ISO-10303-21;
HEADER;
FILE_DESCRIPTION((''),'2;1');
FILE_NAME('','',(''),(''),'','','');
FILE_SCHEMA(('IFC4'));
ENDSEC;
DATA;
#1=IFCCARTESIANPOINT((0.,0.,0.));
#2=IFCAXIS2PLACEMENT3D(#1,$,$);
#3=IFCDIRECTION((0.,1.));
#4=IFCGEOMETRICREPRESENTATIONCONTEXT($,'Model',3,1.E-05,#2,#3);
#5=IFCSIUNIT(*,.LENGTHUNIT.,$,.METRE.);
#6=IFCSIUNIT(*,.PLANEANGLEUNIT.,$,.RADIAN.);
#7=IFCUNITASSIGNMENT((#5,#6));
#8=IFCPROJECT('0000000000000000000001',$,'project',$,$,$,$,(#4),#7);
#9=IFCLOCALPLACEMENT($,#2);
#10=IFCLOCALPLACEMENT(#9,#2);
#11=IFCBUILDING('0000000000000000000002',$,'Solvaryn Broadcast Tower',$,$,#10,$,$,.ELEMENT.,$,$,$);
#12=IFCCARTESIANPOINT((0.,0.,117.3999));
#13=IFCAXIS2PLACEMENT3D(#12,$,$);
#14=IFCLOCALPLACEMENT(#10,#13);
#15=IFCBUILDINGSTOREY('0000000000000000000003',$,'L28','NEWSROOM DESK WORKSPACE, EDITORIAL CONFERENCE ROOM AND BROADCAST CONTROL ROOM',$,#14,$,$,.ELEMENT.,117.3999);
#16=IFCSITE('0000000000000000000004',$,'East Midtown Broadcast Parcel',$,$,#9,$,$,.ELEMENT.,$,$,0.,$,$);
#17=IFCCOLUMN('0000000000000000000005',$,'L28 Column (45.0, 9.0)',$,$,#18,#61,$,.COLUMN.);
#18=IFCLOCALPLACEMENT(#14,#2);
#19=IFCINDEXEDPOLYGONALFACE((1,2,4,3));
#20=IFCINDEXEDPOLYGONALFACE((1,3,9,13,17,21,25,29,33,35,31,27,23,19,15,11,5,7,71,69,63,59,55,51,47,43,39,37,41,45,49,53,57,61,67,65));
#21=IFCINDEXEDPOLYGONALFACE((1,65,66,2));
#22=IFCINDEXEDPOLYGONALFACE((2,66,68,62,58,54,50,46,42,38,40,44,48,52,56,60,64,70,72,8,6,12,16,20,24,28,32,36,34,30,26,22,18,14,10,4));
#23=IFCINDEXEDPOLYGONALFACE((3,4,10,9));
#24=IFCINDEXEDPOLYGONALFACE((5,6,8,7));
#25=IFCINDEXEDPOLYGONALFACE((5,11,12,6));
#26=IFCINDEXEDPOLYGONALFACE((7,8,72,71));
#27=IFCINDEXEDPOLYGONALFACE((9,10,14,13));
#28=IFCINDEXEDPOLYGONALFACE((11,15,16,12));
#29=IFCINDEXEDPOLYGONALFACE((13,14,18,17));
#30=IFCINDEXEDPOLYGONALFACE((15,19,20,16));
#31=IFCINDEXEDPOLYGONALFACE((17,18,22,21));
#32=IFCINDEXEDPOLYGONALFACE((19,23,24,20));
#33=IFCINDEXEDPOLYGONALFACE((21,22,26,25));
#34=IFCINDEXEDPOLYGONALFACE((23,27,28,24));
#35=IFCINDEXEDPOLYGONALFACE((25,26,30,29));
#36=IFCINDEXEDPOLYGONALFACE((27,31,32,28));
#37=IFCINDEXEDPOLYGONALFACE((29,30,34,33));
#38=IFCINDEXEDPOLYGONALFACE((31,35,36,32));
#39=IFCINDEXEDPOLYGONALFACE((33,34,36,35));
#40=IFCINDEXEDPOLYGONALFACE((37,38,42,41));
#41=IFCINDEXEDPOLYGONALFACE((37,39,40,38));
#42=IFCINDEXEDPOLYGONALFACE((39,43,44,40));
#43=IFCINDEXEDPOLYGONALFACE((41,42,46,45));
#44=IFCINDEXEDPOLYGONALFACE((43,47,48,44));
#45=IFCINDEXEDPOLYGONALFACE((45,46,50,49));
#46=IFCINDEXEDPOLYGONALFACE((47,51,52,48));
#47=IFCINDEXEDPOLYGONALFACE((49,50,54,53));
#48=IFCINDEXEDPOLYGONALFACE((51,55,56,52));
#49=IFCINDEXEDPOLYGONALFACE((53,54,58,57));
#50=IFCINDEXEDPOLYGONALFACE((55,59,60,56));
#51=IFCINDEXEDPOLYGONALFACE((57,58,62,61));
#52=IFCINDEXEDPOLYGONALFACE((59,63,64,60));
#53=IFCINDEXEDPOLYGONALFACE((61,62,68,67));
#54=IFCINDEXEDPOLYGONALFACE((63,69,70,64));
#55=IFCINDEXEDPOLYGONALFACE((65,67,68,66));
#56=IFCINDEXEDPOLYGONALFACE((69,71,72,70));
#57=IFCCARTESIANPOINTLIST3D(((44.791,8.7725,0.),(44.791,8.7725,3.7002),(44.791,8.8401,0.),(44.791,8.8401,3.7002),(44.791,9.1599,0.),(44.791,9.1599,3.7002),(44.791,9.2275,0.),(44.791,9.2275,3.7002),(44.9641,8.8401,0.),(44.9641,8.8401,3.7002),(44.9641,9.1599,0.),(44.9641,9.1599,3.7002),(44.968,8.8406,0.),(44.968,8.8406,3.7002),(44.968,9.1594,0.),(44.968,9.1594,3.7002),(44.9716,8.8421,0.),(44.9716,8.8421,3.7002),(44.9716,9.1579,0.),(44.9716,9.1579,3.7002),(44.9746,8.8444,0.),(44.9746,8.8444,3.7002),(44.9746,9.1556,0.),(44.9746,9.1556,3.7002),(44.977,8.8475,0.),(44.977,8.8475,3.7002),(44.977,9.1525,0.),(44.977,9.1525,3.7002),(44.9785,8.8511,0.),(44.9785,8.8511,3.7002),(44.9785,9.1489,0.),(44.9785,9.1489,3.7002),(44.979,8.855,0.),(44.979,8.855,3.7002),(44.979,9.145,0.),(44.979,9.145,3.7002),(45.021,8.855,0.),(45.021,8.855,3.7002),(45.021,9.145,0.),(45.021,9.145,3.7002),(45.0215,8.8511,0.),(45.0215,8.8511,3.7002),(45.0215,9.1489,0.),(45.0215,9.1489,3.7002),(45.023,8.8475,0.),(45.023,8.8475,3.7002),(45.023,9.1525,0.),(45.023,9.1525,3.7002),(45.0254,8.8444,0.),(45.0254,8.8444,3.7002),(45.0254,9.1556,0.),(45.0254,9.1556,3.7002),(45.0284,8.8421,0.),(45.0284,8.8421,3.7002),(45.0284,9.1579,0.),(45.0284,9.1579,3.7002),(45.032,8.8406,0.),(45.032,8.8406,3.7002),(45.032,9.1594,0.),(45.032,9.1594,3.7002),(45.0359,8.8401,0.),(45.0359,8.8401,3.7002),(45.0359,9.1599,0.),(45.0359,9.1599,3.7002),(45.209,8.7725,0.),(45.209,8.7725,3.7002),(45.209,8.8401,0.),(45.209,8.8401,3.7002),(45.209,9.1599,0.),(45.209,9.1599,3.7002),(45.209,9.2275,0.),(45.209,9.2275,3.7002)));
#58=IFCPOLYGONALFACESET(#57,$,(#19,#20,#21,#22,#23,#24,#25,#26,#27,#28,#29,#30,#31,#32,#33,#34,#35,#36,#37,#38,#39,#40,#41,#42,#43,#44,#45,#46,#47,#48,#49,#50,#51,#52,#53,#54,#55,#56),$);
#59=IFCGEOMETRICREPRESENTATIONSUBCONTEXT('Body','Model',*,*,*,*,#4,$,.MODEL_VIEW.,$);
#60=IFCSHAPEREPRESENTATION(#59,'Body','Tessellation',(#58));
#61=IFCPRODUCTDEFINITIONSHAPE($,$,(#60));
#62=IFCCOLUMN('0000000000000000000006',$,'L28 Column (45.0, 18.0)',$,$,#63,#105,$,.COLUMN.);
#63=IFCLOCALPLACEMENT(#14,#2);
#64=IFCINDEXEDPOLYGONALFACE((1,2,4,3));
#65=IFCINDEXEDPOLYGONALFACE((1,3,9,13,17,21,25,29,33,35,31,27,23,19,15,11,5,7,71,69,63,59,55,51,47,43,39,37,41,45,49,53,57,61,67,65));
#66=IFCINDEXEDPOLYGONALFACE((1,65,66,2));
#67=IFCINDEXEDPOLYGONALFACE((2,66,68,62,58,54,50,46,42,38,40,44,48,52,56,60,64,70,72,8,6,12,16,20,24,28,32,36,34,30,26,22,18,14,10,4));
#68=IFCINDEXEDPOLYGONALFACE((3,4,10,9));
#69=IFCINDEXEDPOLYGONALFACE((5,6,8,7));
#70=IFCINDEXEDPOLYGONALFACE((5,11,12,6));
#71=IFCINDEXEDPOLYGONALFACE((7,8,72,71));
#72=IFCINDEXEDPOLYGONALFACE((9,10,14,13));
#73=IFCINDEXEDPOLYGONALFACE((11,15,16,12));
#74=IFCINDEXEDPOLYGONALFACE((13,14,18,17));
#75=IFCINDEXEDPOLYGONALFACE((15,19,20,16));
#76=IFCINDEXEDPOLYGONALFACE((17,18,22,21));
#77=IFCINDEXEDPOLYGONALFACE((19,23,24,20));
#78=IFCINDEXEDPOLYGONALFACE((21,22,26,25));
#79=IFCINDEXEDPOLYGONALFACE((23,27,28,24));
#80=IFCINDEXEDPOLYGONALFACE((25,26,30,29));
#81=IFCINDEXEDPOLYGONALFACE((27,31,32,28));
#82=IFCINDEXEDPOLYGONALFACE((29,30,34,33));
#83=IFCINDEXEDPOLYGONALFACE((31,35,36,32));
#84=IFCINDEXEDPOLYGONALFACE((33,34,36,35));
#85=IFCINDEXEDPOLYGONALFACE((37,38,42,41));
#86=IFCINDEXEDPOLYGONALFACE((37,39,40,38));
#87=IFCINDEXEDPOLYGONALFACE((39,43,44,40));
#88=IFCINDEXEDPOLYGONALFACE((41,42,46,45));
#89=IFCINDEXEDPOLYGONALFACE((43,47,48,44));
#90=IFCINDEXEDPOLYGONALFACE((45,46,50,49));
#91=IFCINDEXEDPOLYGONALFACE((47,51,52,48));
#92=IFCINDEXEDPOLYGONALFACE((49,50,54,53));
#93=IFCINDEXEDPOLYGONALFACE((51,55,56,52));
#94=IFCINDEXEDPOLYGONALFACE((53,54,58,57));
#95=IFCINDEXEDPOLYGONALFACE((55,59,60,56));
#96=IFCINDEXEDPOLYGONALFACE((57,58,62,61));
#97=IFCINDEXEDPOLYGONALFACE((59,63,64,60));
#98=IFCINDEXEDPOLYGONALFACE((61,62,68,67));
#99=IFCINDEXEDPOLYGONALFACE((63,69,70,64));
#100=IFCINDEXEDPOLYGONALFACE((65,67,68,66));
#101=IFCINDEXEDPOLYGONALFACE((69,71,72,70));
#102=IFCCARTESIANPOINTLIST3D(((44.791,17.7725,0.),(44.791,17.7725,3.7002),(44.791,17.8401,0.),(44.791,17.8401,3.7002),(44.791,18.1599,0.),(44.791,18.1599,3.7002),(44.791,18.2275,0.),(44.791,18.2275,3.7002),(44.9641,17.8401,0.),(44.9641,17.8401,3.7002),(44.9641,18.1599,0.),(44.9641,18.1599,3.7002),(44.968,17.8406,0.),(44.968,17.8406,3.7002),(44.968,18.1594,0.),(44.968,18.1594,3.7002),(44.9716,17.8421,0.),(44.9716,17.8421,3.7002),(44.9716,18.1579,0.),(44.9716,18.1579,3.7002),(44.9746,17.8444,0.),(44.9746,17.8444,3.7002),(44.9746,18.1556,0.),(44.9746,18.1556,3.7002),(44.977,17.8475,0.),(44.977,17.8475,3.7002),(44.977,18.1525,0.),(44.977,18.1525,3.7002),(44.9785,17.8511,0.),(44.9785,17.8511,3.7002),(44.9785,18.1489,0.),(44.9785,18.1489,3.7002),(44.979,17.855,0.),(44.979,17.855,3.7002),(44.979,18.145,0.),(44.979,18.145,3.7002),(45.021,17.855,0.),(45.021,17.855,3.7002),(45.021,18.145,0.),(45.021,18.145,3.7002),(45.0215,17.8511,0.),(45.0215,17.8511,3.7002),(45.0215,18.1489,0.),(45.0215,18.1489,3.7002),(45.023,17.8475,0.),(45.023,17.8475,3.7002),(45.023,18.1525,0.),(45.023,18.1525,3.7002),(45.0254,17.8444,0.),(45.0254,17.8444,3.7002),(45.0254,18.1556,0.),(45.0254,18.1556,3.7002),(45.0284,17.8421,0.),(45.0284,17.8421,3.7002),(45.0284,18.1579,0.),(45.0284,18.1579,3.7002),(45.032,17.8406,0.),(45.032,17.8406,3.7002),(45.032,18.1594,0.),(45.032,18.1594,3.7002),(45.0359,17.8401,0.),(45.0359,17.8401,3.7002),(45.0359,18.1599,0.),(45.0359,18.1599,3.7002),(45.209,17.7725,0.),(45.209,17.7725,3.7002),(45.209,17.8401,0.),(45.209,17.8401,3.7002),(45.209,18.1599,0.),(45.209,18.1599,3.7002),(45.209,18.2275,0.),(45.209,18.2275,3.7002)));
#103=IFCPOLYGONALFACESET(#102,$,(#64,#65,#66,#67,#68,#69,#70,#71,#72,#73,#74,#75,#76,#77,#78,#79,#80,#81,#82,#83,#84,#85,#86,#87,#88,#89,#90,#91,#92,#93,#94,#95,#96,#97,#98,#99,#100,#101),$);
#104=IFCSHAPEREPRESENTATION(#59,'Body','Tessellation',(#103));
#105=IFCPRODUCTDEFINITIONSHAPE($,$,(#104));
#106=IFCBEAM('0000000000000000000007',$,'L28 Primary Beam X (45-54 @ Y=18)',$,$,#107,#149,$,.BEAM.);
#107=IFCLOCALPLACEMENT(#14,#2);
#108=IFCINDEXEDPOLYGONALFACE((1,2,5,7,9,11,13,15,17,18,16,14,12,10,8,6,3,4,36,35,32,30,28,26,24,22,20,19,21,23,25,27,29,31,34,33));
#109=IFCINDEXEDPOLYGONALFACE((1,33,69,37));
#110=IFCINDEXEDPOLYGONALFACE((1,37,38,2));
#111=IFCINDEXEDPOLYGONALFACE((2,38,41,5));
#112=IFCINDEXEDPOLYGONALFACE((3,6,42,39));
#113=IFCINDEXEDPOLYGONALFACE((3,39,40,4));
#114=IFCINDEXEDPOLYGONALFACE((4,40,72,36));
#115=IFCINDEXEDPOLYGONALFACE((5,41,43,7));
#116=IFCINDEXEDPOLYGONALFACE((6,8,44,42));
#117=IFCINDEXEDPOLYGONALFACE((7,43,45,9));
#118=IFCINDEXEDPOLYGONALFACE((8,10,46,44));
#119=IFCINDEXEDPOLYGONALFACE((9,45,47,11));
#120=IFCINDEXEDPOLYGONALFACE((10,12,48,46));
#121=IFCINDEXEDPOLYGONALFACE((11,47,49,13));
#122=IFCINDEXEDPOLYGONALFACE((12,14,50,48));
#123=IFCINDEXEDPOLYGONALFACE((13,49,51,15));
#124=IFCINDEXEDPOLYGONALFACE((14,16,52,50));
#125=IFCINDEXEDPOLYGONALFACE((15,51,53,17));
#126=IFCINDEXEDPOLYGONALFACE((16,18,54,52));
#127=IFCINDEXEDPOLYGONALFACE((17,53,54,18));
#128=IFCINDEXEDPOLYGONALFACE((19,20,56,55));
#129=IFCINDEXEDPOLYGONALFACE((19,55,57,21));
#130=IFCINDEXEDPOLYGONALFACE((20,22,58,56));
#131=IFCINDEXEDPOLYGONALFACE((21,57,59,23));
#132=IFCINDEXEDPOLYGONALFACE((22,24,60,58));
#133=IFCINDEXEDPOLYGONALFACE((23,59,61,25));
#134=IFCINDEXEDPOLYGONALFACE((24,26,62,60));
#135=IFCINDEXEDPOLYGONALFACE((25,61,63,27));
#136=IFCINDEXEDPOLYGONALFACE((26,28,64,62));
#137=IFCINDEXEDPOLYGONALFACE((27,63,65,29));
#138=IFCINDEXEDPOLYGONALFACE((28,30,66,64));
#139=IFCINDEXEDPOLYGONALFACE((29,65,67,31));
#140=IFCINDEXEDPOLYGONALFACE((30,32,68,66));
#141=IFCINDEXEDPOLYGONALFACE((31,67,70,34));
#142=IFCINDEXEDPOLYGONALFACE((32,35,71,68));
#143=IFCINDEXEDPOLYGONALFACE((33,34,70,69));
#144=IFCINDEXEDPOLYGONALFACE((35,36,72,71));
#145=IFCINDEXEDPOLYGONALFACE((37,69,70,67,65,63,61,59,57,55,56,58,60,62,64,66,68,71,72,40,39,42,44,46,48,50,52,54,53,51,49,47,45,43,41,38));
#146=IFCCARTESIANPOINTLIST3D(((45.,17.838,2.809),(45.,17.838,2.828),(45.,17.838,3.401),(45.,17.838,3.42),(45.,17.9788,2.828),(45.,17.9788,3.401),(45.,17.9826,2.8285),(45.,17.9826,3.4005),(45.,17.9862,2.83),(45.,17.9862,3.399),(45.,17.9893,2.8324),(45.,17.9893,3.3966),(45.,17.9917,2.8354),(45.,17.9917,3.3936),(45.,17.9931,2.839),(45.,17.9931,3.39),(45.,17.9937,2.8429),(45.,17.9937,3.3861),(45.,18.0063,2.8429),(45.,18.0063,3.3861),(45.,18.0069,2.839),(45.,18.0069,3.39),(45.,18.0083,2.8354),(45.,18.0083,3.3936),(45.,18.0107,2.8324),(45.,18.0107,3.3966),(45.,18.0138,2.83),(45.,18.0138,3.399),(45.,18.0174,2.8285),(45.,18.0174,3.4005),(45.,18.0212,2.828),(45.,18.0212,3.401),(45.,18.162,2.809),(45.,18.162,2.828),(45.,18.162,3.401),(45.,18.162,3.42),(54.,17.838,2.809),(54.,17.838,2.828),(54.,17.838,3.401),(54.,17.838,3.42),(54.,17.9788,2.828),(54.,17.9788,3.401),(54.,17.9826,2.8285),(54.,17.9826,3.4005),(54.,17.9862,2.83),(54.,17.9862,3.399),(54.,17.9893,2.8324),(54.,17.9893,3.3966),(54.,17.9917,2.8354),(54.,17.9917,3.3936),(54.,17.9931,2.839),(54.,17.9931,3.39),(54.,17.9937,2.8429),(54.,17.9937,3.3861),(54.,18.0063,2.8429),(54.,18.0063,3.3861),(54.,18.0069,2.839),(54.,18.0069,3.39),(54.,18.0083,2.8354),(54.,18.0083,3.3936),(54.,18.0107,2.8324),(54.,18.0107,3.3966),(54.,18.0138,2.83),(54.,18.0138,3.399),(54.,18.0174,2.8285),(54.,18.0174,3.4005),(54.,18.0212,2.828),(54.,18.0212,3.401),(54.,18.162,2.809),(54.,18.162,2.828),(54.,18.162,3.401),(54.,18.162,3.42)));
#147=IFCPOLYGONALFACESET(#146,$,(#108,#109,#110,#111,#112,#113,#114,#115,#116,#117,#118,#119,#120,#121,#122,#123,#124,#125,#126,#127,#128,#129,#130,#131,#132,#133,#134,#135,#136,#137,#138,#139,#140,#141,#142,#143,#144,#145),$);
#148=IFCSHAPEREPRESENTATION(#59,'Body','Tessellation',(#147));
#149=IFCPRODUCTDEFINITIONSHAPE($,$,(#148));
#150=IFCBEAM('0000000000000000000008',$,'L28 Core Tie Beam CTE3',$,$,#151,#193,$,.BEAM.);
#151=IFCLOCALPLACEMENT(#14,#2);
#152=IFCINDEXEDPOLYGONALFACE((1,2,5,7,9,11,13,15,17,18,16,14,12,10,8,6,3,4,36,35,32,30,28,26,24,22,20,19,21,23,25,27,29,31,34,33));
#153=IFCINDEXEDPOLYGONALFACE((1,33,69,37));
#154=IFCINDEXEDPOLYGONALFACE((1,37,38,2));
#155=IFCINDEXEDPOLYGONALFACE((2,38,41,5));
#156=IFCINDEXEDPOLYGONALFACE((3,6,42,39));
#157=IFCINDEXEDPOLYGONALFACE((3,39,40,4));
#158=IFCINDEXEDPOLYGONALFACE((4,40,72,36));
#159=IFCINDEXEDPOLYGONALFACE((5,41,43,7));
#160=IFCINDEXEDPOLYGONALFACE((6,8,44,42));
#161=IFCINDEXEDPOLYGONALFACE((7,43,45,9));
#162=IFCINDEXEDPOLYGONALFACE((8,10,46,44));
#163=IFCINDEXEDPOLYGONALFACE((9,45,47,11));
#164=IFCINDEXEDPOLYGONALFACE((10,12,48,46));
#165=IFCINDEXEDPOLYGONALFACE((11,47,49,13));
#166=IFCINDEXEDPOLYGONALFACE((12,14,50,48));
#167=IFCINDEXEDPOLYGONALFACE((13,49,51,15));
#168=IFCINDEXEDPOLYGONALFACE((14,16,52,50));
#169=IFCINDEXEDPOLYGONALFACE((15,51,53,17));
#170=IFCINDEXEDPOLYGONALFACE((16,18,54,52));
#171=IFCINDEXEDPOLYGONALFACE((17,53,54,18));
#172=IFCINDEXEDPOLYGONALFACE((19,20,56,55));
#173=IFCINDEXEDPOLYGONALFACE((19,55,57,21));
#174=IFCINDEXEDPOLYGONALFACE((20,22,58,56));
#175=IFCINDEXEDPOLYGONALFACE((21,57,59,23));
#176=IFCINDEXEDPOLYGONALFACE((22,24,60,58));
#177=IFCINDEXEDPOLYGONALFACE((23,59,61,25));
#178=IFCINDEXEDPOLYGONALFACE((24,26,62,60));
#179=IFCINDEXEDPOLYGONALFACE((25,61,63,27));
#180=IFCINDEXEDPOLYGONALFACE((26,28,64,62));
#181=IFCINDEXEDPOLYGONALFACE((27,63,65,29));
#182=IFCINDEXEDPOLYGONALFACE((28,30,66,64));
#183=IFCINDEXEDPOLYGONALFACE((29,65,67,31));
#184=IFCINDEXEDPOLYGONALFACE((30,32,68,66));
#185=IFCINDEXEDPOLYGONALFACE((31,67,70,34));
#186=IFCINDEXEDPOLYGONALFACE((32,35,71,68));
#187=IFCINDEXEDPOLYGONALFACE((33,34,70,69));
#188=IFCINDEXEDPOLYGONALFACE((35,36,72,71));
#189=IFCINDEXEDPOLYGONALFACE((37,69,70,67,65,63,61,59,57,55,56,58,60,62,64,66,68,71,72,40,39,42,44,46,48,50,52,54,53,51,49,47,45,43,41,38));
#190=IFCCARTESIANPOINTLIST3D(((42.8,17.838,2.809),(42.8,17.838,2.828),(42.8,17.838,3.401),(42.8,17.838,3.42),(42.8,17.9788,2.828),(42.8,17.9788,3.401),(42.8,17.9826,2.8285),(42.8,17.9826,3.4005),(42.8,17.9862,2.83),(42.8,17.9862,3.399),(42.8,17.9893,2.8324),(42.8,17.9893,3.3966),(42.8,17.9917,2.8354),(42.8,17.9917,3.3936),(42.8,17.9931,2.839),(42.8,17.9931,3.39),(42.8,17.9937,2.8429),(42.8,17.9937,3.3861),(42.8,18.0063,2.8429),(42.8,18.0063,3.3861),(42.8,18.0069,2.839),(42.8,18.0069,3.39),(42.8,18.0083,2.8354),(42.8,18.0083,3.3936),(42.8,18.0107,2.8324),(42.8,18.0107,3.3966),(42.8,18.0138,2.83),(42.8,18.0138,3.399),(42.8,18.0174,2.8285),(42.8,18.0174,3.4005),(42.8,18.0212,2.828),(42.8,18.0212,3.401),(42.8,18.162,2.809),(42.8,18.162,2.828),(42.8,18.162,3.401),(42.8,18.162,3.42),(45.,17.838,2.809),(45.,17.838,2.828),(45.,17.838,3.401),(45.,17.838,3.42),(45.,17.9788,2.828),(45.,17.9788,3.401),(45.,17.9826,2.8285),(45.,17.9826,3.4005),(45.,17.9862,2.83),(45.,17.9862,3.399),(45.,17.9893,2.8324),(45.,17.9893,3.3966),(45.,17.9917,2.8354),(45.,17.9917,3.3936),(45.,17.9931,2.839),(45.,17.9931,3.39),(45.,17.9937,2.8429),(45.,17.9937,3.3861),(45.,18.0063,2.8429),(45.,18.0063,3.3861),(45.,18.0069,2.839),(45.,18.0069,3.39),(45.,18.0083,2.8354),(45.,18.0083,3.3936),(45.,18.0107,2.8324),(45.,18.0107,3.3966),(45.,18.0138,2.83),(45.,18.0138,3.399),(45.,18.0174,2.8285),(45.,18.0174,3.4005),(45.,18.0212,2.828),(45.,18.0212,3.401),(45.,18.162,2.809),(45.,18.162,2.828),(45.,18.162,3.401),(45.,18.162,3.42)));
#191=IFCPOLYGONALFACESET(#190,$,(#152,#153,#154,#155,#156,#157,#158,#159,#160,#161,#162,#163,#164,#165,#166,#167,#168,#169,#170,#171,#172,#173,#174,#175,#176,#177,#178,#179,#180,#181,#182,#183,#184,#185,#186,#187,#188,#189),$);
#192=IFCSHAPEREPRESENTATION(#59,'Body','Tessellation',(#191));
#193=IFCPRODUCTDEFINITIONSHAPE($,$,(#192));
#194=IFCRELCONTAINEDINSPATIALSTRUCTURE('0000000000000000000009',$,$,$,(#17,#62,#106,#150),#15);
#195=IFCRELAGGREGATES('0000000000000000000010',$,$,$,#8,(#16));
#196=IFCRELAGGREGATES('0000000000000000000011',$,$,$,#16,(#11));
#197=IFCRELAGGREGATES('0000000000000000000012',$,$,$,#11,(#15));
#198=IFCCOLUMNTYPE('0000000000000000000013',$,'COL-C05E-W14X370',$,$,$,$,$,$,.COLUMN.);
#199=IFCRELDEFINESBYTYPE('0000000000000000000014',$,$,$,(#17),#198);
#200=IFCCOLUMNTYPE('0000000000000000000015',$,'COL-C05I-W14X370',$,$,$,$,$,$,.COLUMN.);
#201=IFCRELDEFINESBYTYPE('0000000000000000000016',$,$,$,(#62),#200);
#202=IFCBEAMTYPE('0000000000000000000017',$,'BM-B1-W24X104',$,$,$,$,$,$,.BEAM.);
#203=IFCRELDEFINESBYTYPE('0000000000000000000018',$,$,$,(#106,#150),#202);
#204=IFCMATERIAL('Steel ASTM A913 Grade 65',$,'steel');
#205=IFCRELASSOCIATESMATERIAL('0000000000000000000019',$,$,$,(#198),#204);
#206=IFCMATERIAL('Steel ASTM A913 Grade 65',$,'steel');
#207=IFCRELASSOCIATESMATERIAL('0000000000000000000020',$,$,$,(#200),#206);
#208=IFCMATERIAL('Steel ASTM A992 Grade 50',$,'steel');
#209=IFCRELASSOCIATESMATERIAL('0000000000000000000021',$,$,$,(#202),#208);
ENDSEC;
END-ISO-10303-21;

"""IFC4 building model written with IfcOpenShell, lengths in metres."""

from ifc_helpers import new_model, si_unit, direction, frame, origin, origin_2d, place, context, subcontext, project, spatial, i_section, extrude, material, material_profile, profile_set, type_object, element, save


model = new_model("IFC4")

# Units and contexts
model_context = context("Model", 3, precision=1e-05, world=origin(), true_north=direction((0.0, 1.0)))
body_context = subcontext(model_context, "Body", "Model", "MODEL_VIEW")
ifc_project = project(units=[si_unit("LENGTHUNIT", "METRE"), si_unit("PLANEANGLEUNIT", "RADIAN")], contexts=[model_context])

# Site, building, storey
site_placement = place(None, origin())
site = spatial("IfcSite", under=ifc_project, at=site_placement, Name="East Midtown Broadcast Parcel", CompositionType="ELEMENT", RefElevation=0.0)
building_placement = place(site_placement, origin())
building = spatial("IfcBuilding", under=site, at=building_placement, Name="Solvaryn Broadcast Tower", CompositionType="ELEMENT")
storey_placement = place(building_placement, frame((0.0, 0.0, 117.3999)))
storey = spatial("IfcBuildingStorey", under=building, at=storey_placement, Name="L28", Description="NEWSROOM DESK WORKSPACE, EDITORIAL CONFERENCE ROOM AND BROADCAST CONTROL ROOM", CompositionType="ELEMENT", Elevation=117.3999)

# Columns
ifc_material_1 = material(Name="Steel ASTM A913 Grade 65", Category="steel")
ifc_material_profile_1 = material_profile(ifc_material_1, i_section(OverallWidth=0.418, OverallDepth=0.4551, WebThickness=0.042, FlangeThickness=0.0676, FilletRadius=0.0149, at=origin_2d()))
ifc_profile_set_1 = profile_set([ifc_material_profile_1], Name="Steel ASTM A913 Grade 65")
column_type_1 = type_object("IfcColumnType", Name="COL-C05E-W14X370", PredefinedType="COLUMN", material=ifc_profile_set_1)
column_1_placement = place(storey_placement, frame((45.0, 9.0, 0.0), z_axis=(0.0, 0.0, 1.0), x_axis=(1.0, 0.0, 0.0)))
element("IfcColumn", 1, at=column_1_placement, inside=storey, type_object=column_type_1, Name="L28 Column (45.0, 9.0)", PredefinedType="COLUMN", context=body_context, shape_type="SweptSolid", body=[
    extrude(i_section(OverallWidth=0.418, OverallDepth=0.4551, WebThickness=0.042, FlangeThickness=0.0676, FilletRadius=0.0149, at=origin_2d()), origin(), (0.0, 0.0, 1.0), 3.7002),
])
ifc_material_2 = material(Name="Steel ASTM A913 Grade 65", Category="steel")
ifc_material_profile_2 = material_profile(ifc_material_2, i_section(OverallWidth=0.418, OverallDepth=0.4551, WebThickness=0.042, FlangeThickness=0.0676, FilletRadius=0.0149, at=origin_2d()))
ifc_profile_set_2 = profile_set([ifc_material_profile_2], Name="Steel ASTM A913 Grade 65")
column_type_2 = type_object("IfcColumnType", Name="COL-C05I-W14X370", PredefinedType="COLUMN", material=ifc_profile_set_2)
column_2_placement = place(storey_placement, frame((45.0, 18.0, 0.0), z_axis=(0.0, 0.0, 1.0), x_axis=(1.0, 0.0, 0.0)))
element("IfcColumn", 2, at=column_2_placement, inside=storey, type_object=column_type_2, Name="L28 Column (45.0, 18.0)", PredefinedType="COLUMN", context=body_context, shape_type="SweptSolid", body=[
    extrude(i_section(OverallWidth=0.418, OverallDepth=0.4551, WebThickness=0.042, FlangeThickness=0.0676, FilletRadius=0.0149, at=origin_2d()), origin(), (0.0, 0.0, 1.0), 3.7002),
])

# Beams
ifc_material_3 = material(Name="Steel ASTM A992 Grade 50", Category="steel")
ifc_material_profile_3 = material_profile(ifc_material_3, i_section(OverallWidth=0.324, OverallDepth=0.6111, WebThickness=0.0127, FlangeThickness=0.019, FilletRadius=0.0149, at=origin_2d()))
ifc_profile_set_3 = profile_set([ifc_material_profile_3], Name="Steel ASTM A992 Grade 50")
beam_type = type_object("IfcBeamType", Name="BM-B1-W24X104", PredefinedType="BEAM", material=ifc_profile_set_3)
beam_1_placement = place(storey_placement, frame((45.0, 18.0, 3.1145), z_axis=(1.0, 0.0, 0.0), x_axis=(0.0, 1.0, 0.0)))
element("IfcBeam", 3, at=beam_1_placement, inside=storey, type_object=beam_type, Name="L28 Primary Beam X (45-54 @ Y=18)", PredefinedType="BEAM", context=body_context, shape_type="SweptSolid", body=[
    extrude(i_section(OverallWidth=0.324, OverallDepth=0.6111, WebThickness=0.0127, FlangeThickness=0.019, FilletRadius=0.0149, at=origin_2d()), origin(), (0.0, 0.0, 1.0), 9.0),
])
beam_2_placement = place(storey_placement, frame((42.8, 18.0, 3.1145), z_axis=(1.0, 0.0, 0.0), x_axis=(0.0, 1.0, 0.0)))
element("IfcBeam", 4, at=beam_2_placement, inside=storey, type_object=beam_type, Name="L28 Core Tie Beam CTE3", PredefinedType="BEAM", context=body_context, shape_type="SweptSolid", body=[
    extrude(i_section(OverallWidth=0.324, OverallDepth=0.6111, WebThickness=0.0127, FlangeThickness=0.019, FilletRadius=0.0149, at=origin_2d()), origin(), (0.0, 0.0, 1.0), 2.2),
])

save(model, "model.ifc")
